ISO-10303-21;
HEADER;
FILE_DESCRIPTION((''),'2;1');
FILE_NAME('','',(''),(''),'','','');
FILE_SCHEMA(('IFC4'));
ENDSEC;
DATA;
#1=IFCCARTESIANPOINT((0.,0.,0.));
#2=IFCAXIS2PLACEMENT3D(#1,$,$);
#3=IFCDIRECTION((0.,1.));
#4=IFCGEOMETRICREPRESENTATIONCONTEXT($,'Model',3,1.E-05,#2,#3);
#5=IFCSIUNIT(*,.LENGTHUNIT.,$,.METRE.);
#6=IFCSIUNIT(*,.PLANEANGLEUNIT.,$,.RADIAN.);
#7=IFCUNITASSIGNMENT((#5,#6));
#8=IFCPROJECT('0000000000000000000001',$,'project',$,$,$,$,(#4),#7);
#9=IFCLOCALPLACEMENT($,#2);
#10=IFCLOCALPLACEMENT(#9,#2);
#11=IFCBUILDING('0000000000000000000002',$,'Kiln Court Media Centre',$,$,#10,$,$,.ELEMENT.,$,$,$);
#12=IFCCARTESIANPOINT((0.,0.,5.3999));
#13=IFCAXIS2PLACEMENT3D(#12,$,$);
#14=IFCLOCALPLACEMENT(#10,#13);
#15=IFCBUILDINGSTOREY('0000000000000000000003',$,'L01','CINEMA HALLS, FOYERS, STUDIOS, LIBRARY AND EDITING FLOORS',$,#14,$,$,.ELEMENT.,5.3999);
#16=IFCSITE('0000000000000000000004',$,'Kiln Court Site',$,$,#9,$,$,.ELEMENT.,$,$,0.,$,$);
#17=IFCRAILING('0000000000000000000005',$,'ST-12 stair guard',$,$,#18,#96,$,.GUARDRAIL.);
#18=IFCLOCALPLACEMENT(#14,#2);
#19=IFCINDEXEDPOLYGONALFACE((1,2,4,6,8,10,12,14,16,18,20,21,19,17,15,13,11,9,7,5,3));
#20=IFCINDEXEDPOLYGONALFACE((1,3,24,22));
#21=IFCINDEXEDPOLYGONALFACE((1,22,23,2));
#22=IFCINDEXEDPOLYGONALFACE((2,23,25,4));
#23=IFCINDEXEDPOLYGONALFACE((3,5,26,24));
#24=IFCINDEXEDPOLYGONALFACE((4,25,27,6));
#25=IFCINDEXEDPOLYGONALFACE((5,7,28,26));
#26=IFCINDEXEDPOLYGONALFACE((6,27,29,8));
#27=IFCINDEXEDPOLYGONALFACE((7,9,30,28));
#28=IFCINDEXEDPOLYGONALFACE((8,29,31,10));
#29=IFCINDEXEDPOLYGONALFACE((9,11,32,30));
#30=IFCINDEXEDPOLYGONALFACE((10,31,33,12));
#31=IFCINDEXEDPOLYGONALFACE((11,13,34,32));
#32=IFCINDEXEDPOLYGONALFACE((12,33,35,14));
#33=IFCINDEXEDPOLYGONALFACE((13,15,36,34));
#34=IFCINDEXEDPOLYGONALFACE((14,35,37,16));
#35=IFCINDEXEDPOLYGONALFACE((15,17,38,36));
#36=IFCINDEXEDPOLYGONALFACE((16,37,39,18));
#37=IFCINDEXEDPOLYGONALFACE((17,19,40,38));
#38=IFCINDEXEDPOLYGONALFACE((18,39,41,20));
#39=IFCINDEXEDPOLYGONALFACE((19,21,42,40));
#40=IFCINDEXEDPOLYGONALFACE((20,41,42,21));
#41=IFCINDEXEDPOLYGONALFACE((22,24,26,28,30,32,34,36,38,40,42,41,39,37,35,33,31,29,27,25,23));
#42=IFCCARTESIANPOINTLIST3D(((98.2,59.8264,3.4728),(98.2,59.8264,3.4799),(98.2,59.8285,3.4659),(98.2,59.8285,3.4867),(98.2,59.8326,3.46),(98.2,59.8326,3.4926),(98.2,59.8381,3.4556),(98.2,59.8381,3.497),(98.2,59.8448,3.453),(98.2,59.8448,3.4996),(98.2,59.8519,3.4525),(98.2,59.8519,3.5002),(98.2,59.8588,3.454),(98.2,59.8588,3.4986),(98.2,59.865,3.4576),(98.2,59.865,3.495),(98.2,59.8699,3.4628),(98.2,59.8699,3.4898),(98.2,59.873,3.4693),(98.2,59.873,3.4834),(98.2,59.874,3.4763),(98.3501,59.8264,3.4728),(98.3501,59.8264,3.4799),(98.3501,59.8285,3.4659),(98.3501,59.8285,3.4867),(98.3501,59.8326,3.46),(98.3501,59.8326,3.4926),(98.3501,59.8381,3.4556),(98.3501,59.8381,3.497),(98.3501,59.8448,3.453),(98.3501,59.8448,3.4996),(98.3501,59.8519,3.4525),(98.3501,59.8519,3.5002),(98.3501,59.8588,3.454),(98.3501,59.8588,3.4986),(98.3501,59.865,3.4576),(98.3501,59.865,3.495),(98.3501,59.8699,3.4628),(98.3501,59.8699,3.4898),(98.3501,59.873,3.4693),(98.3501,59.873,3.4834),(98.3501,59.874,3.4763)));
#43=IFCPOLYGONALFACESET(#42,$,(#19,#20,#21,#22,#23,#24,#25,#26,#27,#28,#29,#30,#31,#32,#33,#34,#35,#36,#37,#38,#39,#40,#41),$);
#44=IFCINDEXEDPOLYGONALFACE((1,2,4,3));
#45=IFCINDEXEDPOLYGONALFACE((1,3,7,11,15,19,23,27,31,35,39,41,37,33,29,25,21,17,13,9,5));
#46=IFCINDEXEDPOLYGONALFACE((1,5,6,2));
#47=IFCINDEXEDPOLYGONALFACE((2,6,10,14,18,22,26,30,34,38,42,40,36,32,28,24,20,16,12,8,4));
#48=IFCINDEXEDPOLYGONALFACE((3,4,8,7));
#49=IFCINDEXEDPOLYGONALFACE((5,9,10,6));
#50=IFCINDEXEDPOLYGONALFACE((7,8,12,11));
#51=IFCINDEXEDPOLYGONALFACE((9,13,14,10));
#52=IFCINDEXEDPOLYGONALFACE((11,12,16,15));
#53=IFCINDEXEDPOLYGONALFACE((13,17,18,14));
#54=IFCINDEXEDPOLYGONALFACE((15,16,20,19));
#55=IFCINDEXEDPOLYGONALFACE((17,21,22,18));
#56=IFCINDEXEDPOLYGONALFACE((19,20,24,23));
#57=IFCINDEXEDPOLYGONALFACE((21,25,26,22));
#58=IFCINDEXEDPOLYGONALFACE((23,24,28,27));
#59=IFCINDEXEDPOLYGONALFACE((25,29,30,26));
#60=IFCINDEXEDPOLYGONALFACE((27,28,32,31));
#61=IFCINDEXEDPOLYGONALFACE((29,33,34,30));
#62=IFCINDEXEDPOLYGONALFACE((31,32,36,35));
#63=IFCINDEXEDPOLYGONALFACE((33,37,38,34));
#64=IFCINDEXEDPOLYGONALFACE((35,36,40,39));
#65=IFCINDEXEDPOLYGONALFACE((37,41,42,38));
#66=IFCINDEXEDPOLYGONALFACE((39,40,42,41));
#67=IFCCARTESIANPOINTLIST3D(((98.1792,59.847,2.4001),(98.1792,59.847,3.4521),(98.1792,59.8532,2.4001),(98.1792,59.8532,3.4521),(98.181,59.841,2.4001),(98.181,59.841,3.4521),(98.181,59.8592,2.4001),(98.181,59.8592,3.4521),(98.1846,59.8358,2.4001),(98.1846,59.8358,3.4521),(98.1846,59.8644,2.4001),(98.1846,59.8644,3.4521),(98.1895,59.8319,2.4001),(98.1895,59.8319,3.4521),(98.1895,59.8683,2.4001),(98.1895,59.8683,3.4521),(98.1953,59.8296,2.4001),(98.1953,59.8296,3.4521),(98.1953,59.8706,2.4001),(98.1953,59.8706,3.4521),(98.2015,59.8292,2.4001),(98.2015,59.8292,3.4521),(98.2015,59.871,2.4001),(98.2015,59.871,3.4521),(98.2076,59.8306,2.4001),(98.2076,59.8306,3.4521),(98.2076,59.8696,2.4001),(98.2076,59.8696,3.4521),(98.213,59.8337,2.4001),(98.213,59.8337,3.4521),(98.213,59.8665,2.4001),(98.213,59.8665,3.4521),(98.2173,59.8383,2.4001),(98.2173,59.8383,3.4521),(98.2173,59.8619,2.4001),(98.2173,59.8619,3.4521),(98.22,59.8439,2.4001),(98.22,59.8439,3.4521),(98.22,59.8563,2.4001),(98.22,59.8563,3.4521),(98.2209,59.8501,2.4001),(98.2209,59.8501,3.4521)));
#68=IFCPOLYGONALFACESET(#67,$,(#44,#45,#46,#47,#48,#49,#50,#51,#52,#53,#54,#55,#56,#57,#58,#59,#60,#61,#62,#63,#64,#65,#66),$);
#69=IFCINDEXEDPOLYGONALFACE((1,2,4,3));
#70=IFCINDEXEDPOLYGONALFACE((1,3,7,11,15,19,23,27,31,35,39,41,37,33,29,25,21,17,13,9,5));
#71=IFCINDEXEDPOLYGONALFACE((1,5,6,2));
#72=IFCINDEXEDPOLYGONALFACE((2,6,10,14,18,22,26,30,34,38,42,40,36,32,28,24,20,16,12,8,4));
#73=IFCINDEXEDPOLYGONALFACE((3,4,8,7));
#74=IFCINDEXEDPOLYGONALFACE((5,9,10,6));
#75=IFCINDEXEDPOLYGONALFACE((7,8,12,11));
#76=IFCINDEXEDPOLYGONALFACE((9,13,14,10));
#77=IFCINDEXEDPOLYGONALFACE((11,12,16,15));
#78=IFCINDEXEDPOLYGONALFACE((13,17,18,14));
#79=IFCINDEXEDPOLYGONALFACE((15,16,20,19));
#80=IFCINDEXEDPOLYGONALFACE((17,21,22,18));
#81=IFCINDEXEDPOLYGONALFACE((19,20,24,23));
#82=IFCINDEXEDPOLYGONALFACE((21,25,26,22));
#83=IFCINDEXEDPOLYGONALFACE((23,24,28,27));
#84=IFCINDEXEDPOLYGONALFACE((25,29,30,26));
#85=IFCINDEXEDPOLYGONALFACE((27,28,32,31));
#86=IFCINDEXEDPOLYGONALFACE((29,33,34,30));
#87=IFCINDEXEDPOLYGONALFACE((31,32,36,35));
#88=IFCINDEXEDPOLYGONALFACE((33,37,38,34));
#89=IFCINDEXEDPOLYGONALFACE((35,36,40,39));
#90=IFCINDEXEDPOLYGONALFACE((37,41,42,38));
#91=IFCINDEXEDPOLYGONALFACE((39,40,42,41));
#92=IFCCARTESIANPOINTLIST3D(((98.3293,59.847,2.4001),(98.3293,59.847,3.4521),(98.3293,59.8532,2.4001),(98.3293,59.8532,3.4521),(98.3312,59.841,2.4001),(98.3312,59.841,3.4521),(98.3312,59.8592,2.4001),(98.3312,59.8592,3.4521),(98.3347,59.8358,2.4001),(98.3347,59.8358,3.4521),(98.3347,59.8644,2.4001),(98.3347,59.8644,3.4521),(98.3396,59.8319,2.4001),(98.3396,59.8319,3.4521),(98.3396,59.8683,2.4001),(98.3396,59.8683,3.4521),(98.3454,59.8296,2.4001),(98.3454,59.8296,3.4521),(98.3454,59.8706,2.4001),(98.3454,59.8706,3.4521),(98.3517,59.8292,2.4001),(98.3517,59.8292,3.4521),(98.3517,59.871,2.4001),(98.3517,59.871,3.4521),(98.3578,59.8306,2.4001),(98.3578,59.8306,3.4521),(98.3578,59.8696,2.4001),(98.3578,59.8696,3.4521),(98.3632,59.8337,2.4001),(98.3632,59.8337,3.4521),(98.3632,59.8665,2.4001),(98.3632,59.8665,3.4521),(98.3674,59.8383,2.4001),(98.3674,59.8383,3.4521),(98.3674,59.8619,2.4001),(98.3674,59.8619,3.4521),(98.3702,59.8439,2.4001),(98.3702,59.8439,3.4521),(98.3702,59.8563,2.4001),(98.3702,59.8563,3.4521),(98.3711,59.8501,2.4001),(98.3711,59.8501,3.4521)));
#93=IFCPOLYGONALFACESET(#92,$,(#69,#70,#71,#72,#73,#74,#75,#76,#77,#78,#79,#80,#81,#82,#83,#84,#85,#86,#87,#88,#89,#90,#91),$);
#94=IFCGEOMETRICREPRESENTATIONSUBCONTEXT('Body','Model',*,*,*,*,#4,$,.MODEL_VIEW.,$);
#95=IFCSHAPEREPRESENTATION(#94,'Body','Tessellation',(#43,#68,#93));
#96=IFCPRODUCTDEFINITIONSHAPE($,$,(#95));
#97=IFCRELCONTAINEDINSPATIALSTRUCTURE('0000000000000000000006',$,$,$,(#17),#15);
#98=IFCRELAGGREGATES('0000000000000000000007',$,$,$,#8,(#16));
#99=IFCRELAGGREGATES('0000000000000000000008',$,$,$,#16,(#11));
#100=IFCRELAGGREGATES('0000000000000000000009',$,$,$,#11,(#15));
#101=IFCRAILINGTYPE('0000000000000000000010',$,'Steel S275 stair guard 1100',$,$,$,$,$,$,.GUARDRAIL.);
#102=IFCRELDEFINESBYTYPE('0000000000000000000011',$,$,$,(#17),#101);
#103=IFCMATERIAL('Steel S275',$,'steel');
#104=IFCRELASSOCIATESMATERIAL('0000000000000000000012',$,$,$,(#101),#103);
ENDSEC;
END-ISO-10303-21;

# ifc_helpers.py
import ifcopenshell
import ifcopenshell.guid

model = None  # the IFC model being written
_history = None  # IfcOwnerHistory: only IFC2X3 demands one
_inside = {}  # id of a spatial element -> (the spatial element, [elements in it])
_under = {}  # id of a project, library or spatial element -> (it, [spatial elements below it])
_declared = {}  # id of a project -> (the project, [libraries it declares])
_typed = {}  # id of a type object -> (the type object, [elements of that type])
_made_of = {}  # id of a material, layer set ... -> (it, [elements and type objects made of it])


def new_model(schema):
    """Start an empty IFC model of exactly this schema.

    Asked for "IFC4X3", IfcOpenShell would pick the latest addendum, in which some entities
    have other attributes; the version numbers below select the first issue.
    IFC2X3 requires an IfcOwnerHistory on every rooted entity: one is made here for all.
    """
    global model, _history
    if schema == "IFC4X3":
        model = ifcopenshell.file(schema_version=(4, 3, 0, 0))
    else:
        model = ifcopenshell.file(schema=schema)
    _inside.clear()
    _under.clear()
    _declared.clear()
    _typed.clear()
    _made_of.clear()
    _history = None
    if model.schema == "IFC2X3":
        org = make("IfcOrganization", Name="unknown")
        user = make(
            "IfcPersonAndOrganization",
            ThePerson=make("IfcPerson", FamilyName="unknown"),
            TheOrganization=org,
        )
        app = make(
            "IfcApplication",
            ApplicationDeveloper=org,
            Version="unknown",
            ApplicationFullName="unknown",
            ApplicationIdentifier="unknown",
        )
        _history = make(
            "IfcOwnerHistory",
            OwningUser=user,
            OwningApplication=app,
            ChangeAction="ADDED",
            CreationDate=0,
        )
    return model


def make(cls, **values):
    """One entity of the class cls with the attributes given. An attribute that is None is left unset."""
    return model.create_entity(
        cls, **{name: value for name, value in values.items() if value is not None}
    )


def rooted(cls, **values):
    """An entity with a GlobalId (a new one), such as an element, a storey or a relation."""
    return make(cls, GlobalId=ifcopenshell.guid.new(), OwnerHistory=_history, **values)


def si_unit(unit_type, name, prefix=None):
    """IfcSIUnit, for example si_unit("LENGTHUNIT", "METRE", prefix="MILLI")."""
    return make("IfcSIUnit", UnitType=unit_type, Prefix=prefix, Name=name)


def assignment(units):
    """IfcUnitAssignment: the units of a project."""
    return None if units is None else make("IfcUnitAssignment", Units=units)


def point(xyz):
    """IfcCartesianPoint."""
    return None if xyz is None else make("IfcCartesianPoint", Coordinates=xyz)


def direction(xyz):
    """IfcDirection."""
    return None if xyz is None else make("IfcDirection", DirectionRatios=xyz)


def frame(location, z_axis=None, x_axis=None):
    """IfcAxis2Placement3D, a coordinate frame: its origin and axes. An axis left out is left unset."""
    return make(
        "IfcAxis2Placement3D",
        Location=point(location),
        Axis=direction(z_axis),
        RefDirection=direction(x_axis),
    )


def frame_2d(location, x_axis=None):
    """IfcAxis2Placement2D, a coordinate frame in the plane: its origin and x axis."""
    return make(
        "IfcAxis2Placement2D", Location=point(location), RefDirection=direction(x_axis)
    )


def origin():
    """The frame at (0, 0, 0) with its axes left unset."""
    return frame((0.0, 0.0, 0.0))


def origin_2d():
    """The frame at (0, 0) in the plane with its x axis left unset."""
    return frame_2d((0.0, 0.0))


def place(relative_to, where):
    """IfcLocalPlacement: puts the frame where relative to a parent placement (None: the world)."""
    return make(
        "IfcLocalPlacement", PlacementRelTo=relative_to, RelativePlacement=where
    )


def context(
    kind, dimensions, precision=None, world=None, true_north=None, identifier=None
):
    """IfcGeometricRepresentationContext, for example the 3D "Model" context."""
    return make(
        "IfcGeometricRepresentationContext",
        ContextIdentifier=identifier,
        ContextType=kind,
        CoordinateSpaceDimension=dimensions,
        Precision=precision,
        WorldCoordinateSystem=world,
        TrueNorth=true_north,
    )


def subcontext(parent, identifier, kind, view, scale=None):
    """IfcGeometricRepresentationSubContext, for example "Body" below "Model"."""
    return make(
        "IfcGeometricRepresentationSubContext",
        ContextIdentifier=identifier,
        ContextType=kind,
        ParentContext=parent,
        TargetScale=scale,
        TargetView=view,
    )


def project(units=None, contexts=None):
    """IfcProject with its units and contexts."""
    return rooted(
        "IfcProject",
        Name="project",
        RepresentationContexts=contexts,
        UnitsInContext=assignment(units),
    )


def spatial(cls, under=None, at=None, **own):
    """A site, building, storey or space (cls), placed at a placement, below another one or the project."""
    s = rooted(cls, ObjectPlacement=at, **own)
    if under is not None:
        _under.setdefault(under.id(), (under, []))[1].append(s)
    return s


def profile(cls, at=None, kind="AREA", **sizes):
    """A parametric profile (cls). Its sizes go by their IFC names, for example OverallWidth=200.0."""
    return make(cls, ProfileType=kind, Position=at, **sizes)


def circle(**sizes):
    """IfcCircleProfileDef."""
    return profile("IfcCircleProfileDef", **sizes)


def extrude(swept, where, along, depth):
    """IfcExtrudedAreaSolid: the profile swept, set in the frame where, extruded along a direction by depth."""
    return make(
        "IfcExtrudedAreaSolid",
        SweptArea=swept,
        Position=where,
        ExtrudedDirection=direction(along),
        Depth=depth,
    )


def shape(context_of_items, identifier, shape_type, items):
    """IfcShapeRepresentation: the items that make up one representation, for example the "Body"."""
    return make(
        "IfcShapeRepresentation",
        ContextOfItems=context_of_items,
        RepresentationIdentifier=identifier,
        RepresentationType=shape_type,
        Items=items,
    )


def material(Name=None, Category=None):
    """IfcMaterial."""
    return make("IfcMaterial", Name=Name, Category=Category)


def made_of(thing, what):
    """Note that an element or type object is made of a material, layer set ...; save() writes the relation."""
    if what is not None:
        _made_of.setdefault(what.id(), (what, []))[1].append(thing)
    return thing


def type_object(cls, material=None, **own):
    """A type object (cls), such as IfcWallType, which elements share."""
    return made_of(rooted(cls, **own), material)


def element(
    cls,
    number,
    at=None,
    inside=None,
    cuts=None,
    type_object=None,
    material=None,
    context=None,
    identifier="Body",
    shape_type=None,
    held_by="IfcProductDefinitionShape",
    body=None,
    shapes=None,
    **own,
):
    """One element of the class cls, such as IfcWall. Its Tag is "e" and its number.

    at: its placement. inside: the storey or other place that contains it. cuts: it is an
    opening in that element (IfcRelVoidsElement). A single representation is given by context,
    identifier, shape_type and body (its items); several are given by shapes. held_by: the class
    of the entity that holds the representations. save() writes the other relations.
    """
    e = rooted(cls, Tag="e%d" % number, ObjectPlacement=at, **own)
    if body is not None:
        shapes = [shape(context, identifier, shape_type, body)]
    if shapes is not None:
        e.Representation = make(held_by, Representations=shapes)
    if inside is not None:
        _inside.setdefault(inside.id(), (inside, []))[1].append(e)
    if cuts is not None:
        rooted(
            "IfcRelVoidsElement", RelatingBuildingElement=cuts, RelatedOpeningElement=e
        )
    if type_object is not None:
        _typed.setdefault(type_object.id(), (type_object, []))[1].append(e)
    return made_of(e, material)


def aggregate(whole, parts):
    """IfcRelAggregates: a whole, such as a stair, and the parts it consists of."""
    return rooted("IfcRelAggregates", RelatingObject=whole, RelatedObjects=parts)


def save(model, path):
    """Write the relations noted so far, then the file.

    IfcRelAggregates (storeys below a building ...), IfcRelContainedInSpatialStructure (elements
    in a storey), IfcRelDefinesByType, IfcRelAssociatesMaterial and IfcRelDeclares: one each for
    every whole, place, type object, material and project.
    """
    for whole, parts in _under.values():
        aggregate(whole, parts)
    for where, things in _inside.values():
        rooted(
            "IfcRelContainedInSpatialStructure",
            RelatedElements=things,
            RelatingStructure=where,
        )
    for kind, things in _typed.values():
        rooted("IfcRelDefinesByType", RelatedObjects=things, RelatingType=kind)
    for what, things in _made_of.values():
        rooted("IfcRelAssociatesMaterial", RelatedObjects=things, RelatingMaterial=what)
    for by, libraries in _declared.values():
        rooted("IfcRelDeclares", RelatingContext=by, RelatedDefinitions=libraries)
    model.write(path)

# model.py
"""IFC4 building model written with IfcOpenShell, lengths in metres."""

from ifc_helpers import new_model, si_unit, direction, frame, origin, origin_2d, place, context, subcontext, project, spatial, circle, extrude, material, type_object, element, save


model = new_model("IFC4")

# Units and contexts
model_context = context("Model", 3, precision=1e-05, world=origin(), true_north=direction((0.0, 1.0)))
body_context = subcontext(model_context, "Body", "Model", "MODEL_VIEW")
ifc_project = project(units=[si_unit("LENGTHUNIT", "METRE"), si_unit("PLANEANGLEUNIT", "RADIAN")], contexts=[model_context])

# Site, building, storey
site_placement = place(None, origin())
site = spatial("IfcSite", under=ifc_project, at=site_placement, Name="Kiln Court Site", CompositionType="ELEMENT", RefElevation=0.0)
building_placement = place(site_placement, origin())
building = spatial("IfcBuilding", under=site, at=building_placement, Name="Kiln Court Media Centre", CompositionType="ELEMENT")
storey_placement = place(building_placement, frame((0.0, 0.0, 5.3999)))
storey = spatial("IfcBuildingStorey", under=building, at=storey_placement, Name="L01", Description="CINEMA HALLS, FOYERS, STUDIOS, LIBRARY AND EDITING FLOORS", CompositionType="ELEMENT", Elevation=5.3999)

# Railing
ifc_material_1 = material(Name="Steel S275", Category="steel")
railing_type_1 = type_object("IfcRailingType", Name="Steel S275 stair guard 1100", PredefinedType="GUARDRAIL", material=ifc_material_1)
railing_1_placement = place(storey_placement, frame((98.2, 59.8501, 2.4001)))
element("IfcRailing", 1, at=railing_1_placement, inside=storey, type_object=railing_type_1, Name="ST-12 stair guard", PredefinedType="GUARDRAIL", context=body_context, shape_type="SweptSolid", body=[
    extrude(circle(Radius=0.0239, at=origin_2d()), frame((0.0, 0.0, 1.0762), z_axis=(1.0, 0.0, 0.0), x_axis=(0.0, 1.0, 0.0)), (0.0, 0.0, 1.0), 0.1501),
    extrude(circle(Radius=0.021, at=origin_2d()), origin(), (0.0, 0.0, 1.0), 1.052),
    extrude(circle(Radius=0.021, at=origin_2d()), frame((0.1501, 0.0, 0.0)), (0.0, 0.0, 1.0), 1.052),
])

save(model, "model.ifc")
